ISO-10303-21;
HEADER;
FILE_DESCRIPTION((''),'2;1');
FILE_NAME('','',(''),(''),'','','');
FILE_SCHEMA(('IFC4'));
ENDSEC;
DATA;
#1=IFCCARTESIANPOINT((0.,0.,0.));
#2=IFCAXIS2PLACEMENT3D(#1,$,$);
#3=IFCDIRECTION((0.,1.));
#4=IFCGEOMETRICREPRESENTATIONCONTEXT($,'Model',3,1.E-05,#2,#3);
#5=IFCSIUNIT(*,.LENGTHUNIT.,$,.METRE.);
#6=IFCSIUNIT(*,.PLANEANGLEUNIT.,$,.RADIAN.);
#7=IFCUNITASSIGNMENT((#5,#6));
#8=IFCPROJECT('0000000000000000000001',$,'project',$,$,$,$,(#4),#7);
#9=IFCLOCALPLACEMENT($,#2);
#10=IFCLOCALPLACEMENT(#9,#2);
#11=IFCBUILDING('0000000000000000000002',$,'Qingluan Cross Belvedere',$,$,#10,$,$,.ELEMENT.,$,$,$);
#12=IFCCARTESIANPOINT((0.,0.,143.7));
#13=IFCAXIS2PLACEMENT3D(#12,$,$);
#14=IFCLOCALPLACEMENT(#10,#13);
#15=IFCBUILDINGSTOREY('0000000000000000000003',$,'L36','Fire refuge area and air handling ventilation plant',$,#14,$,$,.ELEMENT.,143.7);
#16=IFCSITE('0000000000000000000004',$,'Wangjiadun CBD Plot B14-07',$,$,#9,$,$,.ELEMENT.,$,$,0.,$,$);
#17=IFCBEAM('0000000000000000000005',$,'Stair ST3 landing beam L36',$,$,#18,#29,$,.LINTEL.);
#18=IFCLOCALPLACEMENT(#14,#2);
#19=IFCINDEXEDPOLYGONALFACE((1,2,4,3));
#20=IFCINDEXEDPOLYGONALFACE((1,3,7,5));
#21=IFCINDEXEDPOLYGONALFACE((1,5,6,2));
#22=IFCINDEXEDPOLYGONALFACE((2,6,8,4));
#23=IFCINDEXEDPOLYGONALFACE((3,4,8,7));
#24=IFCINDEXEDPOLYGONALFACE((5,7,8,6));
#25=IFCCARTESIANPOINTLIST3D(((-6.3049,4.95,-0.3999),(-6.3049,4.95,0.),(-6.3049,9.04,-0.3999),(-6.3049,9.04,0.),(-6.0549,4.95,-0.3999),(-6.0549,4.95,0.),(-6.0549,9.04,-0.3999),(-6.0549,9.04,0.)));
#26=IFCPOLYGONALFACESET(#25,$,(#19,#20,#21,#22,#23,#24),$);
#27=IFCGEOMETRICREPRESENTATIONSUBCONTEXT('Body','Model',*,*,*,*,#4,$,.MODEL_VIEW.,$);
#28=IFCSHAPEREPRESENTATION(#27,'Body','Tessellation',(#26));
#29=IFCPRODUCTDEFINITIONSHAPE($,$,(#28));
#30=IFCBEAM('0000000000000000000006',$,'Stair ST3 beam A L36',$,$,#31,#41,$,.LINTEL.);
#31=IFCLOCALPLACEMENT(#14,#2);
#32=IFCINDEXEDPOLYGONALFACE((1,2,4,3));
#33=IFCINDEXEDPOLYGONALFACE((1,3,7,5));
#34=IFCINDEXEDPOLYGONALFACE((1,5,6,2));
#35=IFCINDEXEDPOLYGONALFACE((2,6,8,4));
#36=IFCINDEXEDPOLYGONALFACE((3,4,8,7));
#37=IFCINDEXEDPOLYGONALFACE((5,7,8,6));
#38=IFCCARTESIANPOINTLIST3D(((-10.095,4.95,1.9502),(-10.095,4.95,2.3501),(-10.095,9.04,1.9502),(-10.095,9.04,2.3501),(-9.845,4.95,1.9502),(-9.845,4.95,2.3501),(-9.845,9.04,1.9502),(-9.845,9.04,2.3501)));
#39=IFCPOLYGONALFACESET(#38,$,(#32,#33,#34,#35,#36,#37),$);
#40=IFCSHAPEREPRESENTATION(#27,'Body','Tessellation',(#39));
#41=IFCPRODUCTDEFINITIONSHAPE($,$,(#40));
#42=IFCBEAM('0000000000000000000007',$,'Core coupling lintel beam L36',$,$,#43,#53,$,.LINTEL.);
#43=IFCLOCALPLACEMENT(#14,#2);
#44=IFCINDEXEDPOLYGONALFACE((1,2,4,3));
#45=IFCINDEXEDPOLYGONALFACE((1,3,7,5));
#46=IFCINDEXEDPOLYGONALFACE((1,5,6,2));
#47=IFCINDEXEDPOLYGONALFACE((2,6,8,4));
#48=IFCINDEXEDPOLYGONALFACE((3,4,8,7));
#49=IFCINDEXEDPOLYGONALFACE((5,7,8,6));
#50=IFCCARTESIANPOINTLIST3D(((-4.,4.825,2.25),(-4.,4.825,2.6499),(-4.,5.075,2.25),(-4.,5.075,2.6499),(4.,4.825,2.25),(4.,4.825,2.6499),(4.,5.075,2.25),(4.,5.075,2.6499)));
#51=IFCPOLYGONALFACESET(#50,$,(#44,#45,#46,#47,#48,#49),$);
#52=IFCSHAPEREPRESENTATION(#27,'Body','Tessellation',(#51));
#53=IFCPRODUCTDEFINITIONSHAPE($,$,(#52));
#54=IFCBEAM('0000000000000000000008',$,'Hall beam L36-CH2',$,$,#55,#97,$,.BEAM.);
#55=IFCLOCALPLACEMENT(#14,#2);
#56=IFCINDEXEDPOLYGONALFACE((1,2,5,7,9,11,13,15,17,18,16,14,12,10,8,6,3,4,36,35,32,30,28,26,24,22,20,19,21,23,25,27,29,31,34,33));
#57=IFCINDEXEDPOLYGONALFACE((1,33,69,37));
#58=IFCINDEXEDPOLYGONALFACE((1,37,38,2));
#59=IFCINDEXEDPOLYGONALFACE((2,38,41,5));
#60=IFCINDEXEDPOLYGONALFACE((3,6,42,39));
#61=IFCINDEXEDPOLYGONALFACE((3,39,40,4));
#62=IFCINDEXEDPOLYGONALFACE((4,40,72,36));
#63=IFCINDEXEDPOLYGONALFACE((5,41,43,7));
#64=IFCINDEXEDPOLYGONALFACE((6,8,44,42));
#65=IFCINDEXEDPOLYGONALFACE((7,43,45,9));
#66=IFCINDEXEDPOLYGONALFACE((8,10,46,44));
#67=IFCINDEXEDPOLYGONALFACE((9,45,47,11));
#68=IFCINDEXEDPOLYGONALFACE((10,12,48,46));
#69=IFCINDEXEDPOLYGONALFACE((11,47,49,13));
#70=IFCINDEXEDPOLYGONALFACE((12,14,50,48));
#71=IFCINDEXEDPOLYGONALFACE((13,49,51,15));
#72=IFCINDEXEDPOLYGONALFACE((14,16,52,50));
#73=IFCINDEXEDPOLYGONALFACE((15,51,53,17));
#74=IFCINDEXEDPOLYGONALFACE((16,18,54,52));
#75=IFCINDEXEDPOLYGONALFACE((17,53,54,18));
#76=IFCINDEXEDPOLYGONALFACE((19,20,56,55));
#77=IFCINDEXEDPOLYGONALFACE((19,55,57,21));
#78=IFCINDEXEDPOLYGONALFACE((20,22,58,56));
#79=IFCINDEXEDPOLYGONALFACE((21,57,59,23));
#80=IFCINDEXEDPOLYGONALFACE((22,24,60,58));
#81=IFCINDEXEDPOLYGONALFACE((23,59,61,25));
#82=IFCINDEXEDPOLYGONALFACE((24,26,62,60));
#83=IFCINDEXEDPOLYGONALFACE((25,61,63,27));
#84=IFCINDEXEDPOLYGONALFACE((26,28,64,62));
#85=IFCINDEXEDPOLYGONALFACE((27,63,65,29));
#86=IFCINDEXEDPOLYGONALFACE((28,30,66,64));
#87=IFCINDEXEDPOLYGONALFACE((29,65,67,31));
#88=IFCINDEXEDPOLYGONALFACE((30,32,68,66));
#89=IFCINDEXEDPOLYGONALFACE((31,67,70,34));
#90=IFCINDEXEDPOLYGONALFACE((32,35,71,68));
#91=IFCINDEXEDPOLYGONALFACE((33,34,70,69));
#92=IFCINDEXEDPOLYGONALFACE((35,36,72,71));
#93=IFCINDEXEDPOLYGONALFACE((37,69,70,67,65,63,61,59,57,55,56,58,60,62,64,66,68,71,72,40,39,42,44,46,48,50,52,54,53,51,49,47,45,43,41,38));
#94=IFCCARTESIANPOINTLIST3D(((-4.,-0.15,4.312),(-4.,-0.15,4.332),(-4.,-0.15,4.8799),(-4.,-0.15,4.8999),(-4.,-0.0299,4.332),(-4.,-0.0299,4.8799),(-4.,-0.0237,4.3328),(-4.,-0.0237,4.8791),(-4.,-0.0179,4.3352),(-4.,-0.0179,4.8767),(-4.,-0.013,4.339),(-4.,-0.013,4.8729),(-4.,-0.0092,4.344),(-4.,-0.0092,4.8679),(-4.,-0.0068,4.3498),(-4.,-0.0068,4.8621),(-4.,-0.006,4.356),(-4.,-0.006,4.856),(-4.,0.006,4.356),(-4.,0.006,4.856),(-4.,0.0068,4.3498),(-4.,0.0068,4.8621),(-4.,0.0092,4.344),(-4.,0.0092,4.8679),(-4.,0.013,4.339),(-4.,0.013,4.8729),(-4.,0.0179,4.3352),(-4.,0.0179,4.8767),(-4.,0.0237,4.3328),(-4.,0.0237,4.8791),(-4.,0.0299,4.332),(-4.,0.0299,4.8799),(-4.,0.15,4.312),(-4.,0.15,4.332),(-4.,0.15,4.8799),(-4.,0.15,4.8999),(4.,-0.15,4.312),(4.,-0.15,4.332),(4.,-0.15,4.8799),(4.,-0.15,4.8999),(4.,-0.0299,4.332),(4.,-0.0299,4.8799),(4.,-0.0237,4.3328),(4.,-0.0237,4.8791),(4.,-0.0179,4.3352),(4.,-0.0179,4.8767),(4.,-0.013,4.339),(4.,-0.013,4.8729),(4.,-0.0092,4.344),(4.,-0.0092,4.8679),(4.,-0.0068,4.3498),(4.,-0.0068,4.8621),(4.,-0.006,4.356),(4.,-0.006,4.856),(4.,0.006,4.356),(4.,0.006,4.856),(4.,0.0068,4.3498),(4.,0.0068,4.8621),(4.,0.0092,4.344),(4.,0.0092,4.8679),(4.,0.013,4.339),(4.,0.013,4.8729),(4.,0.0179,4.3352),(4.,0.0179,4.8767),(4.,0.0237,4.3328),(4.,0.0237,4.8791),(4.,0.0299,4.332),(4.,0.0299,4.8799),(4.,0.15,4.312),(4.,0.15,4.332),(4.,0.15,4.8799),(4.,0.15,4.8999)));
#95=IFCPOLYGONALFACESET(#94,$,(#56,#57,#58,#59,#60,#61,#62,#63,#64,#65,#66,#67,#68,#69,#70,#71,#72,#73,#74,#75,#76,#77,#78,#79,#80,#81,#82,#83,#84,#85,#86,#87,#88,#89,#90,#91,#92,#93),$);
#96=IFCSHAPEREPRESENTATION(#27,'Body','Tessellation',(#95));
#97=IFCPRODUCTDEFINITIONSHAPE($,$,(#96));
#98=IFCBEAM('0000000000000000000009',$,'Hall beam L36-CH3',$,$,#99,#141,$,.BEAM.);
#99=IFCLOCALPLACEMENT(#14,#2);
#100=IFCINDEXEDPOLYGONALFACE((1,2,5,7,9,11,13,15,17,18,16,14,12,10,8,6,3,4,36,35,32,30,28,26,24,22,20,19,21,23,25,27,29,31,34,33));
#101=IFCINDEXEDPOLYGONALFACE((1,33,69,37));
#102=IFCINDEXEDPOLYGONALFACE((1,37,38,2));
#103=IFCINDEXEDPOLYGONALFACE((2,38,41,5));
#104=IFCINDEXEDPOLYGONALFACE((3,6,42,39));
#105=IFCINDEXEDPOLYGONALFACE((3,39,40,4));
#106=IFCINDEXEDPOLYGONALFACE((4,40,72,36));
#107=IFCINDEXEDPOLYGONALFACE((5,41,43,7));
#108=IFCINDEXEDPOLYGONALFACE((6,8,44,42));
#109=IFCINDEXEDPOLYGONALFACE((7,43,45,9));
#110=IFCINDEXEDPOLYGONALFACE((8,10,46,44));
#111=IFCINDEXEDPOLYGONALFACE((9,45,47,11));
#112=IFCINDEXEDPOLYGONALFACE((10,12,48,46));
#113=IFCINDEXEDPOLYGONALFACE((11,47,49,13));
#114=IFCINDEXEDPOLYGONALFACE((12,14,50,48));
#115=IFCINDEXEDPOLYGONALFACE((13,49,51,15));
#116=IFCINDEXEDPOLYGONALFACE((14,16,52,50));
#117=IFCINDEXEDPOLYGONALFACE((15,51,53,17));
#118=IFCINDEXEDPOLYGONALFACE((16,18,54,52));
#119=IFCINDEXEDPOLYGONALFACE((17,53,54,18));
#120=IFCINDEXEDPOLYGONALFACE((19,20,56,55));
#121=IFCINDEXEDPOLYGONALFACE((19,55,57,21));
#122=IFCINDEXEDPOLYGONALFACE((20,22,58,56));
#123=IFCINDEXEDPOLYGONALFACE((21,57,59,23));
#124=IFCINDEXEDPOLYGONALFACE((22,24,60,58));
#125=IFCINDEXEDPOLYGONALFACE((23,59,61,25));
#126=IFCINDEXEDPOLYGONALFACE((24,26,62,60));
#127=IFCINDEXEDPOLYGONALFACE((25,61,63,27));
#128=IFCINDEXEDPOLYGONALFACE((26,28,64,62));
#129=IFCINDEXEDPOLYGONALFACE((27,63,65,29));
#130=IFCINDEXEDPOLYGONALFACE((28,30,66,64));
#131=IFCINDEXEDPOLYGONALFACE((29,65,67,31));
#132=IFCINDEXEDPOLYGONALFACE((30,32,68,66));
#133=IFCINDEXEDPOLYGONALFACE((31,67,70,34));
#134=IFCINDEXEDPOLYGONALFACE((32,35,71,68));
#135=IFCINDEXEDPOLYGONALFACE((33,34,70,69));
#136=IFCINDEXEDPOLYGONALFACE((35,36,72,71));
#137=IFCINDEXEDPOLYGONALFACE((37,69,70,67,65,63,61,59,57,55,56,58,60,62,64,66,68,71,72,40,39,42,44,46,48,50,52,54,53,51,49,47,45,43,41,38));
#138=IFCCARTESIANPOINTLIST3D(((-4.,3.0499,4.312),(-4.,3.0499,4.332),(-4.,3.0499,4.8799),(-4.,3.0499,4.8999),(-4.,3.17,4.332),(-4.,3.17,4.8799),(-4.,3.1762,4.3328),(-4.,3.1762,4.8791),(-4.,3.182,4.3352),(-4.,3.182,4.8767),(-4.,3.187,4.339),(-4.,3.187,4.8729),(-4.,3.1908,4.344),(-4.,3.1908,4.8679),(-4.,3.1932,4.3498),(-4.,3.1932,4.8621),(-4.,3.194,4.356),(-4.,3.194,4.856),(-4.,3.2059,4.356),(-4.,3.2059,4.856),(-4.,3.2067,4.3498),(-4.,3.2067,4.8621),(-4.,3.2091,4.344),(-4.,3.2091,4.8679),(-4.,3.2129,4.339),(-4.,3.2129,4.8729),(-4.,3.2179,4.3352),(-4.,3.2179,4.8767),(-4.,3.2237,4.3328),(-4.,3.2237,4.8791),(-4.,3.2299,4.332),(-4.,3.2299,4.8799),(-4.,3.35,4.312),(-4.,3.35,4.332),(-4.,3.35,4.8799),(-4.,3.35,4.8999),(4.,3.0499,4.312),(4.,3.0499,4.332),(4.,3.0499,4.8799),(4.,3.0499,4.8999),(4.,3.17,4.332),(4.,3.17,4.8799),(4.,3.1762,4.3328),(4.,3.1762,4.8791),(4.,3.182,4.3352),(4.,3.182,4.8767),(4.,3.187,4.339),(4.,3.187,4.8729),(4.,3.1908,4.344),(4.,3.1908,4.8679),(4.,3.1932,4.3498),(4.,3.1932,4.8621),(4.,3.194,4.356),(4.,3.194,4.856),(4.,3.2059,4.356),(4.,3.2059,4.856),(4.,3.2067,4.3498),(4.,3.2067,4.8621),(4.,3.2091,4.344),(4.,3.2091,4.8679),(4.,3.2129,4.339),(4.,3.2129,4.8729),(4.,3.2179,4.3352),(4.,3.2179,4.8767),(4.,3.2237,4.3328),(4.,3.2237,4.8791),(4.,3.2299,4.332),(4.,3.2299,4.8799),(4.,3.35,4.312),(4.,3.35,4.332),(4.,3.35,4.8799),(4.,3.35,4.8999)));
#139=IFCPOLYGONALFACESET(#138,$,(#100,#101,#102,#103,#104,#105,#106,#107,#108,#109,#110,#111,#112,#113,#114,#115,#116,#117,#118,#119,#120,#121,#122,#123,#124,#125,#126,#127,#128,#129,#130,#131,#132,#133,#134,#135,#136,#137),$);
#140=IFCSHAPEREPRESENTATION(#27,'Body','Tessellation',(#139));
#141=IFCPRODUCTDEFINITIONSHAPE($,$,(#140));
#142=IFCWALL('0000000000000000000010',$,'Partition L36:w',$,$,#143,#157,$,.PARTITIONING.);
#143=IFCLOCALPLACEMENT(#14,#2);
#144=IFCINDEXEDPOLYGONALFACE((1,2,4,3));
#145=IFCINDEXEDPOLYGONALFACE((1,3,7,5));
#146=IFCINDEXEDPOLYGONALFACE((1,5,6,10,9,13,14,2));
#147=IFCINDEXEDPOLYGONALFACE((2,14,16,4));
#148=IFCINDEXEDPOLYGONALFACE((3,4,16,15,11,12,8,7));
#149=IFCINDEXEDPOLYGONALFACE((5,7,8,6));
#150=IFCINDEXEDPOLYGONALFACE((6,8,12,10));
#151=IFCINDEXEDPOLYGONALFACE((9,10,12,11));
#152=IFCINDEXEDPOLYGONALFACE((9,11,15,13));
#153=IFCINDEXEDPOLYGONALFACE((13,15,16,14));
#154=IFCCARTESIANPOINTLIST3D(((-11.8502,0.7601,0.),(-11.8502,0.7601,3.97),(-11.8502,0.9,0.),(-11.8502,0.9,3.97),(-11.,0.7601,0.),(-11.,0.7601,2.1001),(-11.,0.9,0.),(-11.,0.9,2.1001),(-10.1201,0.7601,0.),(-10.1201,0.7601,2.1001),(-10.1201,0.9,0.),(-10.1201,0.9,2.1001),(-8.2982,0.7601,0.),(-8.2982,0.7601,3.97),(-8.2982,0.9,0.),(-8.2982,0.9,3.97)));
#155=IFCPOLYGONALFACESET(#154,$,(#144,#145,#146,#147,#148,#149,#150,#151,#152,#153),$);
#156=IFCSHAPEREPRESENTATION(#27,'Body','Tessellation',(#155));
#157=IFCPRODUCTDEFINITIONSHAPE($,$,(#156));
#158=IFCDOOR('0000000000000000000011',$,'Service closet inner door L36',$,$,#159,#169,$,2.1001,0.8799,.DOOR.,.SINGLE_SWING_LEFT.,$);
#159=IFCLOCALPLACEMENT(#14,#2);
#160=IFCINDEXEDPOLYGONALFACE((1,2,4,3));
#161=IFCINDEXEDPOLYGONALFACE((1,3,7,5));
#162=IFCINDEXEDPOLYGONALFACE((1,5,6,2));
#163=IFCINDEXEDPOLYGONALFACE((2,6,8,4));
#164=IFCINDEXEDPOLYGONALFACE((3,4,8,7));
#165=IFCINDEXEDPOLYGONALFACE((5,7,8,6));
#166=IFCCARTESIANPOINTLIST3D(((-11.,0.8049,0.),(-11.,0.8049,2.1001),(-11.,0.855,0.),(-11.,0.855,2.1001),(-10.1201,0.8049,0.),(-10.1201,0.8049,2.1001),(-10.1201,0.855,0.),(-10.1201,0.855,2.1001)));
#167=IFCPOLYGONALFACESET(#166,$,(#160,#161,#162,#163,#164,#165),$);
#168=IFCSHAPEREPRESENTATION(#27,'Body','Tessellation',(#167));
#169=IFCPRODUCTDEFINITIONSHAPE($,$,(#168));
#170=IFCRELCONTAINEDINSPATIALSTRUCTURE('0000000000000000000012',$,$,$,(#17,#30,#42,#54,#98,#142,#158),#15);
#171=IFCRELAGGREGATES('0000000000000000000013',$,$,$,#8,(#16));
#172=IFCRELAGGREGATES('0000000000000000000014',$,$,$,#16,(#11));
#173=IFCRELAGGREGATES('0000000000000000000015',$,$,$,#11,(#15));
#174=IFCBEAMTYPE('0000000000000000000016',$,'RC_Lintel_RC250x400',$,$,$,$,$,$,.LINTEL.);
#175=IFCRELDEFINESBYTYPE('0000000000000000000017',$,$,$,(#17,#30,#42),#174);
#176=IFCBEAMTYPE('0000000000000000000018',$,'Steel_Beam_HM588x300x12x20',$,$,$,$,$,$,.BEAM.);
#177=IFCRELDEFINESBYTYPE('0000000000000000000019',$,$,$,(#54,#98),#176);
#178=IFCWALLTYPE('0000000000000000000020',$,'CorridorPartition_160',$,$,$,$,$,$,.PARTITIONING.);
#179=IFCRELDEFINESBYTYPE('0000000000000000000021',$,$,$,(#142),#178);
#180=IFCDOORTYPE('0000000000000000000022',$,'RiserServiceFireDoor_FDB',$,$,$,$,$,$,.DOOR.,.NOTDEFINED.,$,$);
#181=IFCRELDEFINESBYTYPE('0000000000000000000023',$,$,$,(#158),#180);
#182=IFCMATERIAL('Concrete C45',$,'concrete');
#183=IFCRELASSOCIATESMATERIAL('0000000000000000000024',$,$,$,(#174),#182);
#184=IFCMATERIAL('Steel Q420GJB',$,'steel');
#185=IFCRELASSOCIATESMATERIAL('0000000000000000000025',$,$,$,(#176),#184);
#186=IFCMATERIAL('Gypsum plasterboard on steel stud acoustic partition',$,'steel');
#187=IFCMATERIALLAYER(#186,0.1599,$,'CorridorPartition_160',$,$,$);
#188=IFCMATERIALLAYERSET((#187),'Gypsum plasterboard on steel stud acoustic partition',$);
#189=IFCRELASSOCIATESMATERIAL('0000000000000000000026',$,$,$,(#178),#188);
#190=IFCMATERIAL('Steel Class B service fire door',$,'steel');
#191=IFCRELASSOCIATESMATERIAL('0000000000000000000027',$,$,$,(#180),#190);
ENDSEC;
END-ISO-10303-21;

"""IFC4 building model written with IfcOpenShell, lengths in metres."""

from ifc_helpers import new_model, si_unit, direction, frame, frame_2d, origin, origin_2d, place, context, subcontext, project, spatial, rectangle, i_section, extrude, material, layer, layer_set, material_profile, profile_set, type_object, element, fill, save


model = new_model("IFC4")

# Units and contexts
model_context = context("Model", 3, precision=1e-05, world=origin(), true_north=direction((0.0, 1.0)))
body_context = subcontext(model_context, "Body", "Model", "MODEL_VIEW")
ifc_project = project(units=[si_unit("LENGTHUNIT", "METRE"), si_unit("PLANEANGLEUNIT", "RADIAN")], contexts=[model_context])

# Site, building, storey
site_placement = place(None, origin())
site = spatial("IfcSite", under=ifc_project, at=site_placement, Name="Wangjiadun CBD Plot B14-07", CompositionType="ELEMENT", RefElevation=0.0)
building_placement = place(site_placement, origin())
building = spatial("IfcBuilding", under=site, at=building_placement, Name="Qingluan Cross Belvedere", CompositionType="ELEMENT")
storey_placement = place(building_placement, frame((0.0, 0.0, 143.7)))
storey = spatial("IfcBuildingStorey", under=building, at=storey_placement, Name="L36", Description="Fire refuge area and air handling ventilation plant", CompositionType="ELEMENT", Elevation=143.7)

# Beams
ifc_material_1 = material(Name="Concrete C45", Category="concrete")
ifc_material_profile_1 = material_profile(ifc_material_1, rectangle(XDim=0.25, YDim=0.3999, at=origin_2d()), Name="RC250x400")
ifc_profile_set_1 = profile_set([ifc_material_profile_1], Name="Concrete C45")
beam_type_1 = type_object("IfcBeamType", Name="RC_Lintel_RC250x400", PredefinedType="LINTEL", material=ifc_profile_set_1)
for number, where, z_axis, x_axis, name in (
    (1, (-6.1799, 4.95, -0.2), (0.0, 1.0, 0.0), (-1.0, 0.0, 0.0), "Stair ST3 landing beam L36"),
    (2, (-9.97, 4.95, 2.1501), (0.0, 1.0, 0.0), (-1.0, 0.0, 0.0), "Stair ST3 beam A L36"),
):
    element("IfcBeam", number, at=place(storey_placement, frame(where, z_axis=z_axis, x_axis=x_axis)), inside=storey, type_object=beam_type_1, Name=name, PredefinedType="LINTEL", context=body_context, shape_type="SweptSolid", body=[
        extrude(rectangle(XDim=0.25, YDim=0.3999, at=origin_2d()), origin(), (0.0, 0.0, 1.0), 4.0901),
    ])
beam_placement = place(storey_placement, frame((-4.0, 4.95, 2.45), z_axis=(1.0, 0.0, 0.0), x_axis=(0.0, 1.0, 0.0)))
element("IfcBeam", 3, at=beam_placement, inside=storey, type_object=beam_type_1, Name="Core coupling lintel beam L36", PredefinedType="LINTEL", context=body_context, shape_type="SweptSolid", body=[
    extrude(rectangle(XDim=0.25, YDim=0.3999, at=origin_2d()), origin(), (0.0, 0.0, 1.0), 8.0),
])
ifc_material_2 = material(Name="Steel Q420GJB", Category="steel")
ifc_material_profile_2 = material_profile(ifc_material_2, i_section(OverallWidth=0.3, OverallDepth=0.5879, WebThickness=0.012, FlangeThickness=0.02, FilletRadius=0.0239, at=origin_2d()), Name="HM588x300x12x20")
ifc_profile_set_2 = profile_set([ifc_material_profile_2], Name="Steel Q420GJB")
beam_type_2 = type_object("IfcBeamType", Name="Steel_Beam_HM588x300x12x20", PredefinedType="BEAM", material=ifc_profile_set_2)
for number, where, z_axis, x_axis, name in (
    (4, (-4.0, 0.0, 4.606), (1.0, 0.0, 0.0), (0.0, 1.0, 0.0), "Hall beam L36-CH2"),
    (5, (-4.0, 3.2, 4.606), (1.0, 0.0, 0.0), (0.0, 1.0, 0.0), "Hall beam L36-CH3"),
):
    element("IfcBeam", number, at=place(storey_placement, frame(where, z_axis=z_axis, x_axis=x_axis)), inside=storey, type_object=beam_type_2, Name=name, PredefinedType="BEAM", context=body_context, shape_type="SweptSolid", body=[
        extrude(i_section(OverallWidth=0.3, OverallDepth=0.5879, WebThickness=0.012, FlangeThickness=0.02, FilletRadius=0.0239, at=origin_2d()), origin(), (0.0, 0.0, 1.0), 8.0),
    ])

# Wall, opening, door
ifc_material_3 = material(Name="Gypsum plasterboard on steel stud acoustic partition", Category="steel")
ifc_layer_1 = layer(ifc_material_3, 0.1599, Name="CorridorPartition_160")
ifc_layer_set_1 = layer_set([ifc_layer_1], Name="Gypsum plasterboard on steel stud acoustic partition")
wall_type_1 = type_object("IfcWallType", Name="CorridorPartition_160", PredefinedType="PARTITIONING", material=ifc_layer_set_1)
wall_1_placement = place(storey_placement, frame((-11.8501, 0.8301, 0.0), z_axis=(0.0, 0.0, 1.0), x_axis=(1.0, 0.0, 0.0)))
wall_1 = element("IfcWall", 6, at=wall_1_placement, inside=storey, type_object=wall_type_1, Name="Partition L36:w", PredefinedType="PARTITIONING", context=body_context, shape_type="SweptSolid", body=[
    extrude(rectangle(XDim=3.552, YDim=0.1399, at=frame_2d((1.7759, 0.0))), origin(), (0.0, 0.0, 1.0), 3.97),
])
opening_1_placement = place(wall_1_placement, frame((0.8501, 0.0, 0.0)))
opening_1 = element("IfcOpeningElement", 7, at=opening_1_placement, cuts=wall_1, PredefinedType="OPENING", context=body_context, shape_type="SweptSolid", body=[
    extrude(rectangle(XDim=0.8799, YDim=2.1001, at=frame_2d((0.4399, 1.05))), frame((0.0, 0.0798, 0.0), z_axis=(0.0, -1.0, 0.0), x_axis=(1.0, 0.0, 0.0)), (0.0, 0.0, 1.0), 0.1599),
])
ifc_material_4 = material(Name="Steel Class B service fire door", Category="steel")
door_type_1 = type_object("IfcDoorType", Name="RiserServiceFireDoor_FDB", OperationType="NOTDEFINED", PredefinedType="DOOR", material=ifc_material_4)
door_1_placement = place(opening_1_placement, origin())
door_1 = element("IfcDoor", 8, at=door_1_placement, inside=storey, type_object=door_type_1, Name="Service closet inner door L36", OperationType="SINGLE_SWING_LEFT", OverallHeight=2.1001, OverallWidth=0.8799, PredefinedType="DOOR", context=body_context, shape_type="SweptSolid", body=[
    extrude(rectangle(XDim=0.8799, YDim=2.1001, at=frame_2d((0.4399, 1.05))), frame((0.0, 0.0249, 0.0), z_axis=(0.0, -1.0, 0.0), x_axis=(1.0, 0.0, 0.0)), (0.0, 0.0, 1.0), 0.05),
])
fill(opening_1, door_1)

save(model, "model.ifc")
